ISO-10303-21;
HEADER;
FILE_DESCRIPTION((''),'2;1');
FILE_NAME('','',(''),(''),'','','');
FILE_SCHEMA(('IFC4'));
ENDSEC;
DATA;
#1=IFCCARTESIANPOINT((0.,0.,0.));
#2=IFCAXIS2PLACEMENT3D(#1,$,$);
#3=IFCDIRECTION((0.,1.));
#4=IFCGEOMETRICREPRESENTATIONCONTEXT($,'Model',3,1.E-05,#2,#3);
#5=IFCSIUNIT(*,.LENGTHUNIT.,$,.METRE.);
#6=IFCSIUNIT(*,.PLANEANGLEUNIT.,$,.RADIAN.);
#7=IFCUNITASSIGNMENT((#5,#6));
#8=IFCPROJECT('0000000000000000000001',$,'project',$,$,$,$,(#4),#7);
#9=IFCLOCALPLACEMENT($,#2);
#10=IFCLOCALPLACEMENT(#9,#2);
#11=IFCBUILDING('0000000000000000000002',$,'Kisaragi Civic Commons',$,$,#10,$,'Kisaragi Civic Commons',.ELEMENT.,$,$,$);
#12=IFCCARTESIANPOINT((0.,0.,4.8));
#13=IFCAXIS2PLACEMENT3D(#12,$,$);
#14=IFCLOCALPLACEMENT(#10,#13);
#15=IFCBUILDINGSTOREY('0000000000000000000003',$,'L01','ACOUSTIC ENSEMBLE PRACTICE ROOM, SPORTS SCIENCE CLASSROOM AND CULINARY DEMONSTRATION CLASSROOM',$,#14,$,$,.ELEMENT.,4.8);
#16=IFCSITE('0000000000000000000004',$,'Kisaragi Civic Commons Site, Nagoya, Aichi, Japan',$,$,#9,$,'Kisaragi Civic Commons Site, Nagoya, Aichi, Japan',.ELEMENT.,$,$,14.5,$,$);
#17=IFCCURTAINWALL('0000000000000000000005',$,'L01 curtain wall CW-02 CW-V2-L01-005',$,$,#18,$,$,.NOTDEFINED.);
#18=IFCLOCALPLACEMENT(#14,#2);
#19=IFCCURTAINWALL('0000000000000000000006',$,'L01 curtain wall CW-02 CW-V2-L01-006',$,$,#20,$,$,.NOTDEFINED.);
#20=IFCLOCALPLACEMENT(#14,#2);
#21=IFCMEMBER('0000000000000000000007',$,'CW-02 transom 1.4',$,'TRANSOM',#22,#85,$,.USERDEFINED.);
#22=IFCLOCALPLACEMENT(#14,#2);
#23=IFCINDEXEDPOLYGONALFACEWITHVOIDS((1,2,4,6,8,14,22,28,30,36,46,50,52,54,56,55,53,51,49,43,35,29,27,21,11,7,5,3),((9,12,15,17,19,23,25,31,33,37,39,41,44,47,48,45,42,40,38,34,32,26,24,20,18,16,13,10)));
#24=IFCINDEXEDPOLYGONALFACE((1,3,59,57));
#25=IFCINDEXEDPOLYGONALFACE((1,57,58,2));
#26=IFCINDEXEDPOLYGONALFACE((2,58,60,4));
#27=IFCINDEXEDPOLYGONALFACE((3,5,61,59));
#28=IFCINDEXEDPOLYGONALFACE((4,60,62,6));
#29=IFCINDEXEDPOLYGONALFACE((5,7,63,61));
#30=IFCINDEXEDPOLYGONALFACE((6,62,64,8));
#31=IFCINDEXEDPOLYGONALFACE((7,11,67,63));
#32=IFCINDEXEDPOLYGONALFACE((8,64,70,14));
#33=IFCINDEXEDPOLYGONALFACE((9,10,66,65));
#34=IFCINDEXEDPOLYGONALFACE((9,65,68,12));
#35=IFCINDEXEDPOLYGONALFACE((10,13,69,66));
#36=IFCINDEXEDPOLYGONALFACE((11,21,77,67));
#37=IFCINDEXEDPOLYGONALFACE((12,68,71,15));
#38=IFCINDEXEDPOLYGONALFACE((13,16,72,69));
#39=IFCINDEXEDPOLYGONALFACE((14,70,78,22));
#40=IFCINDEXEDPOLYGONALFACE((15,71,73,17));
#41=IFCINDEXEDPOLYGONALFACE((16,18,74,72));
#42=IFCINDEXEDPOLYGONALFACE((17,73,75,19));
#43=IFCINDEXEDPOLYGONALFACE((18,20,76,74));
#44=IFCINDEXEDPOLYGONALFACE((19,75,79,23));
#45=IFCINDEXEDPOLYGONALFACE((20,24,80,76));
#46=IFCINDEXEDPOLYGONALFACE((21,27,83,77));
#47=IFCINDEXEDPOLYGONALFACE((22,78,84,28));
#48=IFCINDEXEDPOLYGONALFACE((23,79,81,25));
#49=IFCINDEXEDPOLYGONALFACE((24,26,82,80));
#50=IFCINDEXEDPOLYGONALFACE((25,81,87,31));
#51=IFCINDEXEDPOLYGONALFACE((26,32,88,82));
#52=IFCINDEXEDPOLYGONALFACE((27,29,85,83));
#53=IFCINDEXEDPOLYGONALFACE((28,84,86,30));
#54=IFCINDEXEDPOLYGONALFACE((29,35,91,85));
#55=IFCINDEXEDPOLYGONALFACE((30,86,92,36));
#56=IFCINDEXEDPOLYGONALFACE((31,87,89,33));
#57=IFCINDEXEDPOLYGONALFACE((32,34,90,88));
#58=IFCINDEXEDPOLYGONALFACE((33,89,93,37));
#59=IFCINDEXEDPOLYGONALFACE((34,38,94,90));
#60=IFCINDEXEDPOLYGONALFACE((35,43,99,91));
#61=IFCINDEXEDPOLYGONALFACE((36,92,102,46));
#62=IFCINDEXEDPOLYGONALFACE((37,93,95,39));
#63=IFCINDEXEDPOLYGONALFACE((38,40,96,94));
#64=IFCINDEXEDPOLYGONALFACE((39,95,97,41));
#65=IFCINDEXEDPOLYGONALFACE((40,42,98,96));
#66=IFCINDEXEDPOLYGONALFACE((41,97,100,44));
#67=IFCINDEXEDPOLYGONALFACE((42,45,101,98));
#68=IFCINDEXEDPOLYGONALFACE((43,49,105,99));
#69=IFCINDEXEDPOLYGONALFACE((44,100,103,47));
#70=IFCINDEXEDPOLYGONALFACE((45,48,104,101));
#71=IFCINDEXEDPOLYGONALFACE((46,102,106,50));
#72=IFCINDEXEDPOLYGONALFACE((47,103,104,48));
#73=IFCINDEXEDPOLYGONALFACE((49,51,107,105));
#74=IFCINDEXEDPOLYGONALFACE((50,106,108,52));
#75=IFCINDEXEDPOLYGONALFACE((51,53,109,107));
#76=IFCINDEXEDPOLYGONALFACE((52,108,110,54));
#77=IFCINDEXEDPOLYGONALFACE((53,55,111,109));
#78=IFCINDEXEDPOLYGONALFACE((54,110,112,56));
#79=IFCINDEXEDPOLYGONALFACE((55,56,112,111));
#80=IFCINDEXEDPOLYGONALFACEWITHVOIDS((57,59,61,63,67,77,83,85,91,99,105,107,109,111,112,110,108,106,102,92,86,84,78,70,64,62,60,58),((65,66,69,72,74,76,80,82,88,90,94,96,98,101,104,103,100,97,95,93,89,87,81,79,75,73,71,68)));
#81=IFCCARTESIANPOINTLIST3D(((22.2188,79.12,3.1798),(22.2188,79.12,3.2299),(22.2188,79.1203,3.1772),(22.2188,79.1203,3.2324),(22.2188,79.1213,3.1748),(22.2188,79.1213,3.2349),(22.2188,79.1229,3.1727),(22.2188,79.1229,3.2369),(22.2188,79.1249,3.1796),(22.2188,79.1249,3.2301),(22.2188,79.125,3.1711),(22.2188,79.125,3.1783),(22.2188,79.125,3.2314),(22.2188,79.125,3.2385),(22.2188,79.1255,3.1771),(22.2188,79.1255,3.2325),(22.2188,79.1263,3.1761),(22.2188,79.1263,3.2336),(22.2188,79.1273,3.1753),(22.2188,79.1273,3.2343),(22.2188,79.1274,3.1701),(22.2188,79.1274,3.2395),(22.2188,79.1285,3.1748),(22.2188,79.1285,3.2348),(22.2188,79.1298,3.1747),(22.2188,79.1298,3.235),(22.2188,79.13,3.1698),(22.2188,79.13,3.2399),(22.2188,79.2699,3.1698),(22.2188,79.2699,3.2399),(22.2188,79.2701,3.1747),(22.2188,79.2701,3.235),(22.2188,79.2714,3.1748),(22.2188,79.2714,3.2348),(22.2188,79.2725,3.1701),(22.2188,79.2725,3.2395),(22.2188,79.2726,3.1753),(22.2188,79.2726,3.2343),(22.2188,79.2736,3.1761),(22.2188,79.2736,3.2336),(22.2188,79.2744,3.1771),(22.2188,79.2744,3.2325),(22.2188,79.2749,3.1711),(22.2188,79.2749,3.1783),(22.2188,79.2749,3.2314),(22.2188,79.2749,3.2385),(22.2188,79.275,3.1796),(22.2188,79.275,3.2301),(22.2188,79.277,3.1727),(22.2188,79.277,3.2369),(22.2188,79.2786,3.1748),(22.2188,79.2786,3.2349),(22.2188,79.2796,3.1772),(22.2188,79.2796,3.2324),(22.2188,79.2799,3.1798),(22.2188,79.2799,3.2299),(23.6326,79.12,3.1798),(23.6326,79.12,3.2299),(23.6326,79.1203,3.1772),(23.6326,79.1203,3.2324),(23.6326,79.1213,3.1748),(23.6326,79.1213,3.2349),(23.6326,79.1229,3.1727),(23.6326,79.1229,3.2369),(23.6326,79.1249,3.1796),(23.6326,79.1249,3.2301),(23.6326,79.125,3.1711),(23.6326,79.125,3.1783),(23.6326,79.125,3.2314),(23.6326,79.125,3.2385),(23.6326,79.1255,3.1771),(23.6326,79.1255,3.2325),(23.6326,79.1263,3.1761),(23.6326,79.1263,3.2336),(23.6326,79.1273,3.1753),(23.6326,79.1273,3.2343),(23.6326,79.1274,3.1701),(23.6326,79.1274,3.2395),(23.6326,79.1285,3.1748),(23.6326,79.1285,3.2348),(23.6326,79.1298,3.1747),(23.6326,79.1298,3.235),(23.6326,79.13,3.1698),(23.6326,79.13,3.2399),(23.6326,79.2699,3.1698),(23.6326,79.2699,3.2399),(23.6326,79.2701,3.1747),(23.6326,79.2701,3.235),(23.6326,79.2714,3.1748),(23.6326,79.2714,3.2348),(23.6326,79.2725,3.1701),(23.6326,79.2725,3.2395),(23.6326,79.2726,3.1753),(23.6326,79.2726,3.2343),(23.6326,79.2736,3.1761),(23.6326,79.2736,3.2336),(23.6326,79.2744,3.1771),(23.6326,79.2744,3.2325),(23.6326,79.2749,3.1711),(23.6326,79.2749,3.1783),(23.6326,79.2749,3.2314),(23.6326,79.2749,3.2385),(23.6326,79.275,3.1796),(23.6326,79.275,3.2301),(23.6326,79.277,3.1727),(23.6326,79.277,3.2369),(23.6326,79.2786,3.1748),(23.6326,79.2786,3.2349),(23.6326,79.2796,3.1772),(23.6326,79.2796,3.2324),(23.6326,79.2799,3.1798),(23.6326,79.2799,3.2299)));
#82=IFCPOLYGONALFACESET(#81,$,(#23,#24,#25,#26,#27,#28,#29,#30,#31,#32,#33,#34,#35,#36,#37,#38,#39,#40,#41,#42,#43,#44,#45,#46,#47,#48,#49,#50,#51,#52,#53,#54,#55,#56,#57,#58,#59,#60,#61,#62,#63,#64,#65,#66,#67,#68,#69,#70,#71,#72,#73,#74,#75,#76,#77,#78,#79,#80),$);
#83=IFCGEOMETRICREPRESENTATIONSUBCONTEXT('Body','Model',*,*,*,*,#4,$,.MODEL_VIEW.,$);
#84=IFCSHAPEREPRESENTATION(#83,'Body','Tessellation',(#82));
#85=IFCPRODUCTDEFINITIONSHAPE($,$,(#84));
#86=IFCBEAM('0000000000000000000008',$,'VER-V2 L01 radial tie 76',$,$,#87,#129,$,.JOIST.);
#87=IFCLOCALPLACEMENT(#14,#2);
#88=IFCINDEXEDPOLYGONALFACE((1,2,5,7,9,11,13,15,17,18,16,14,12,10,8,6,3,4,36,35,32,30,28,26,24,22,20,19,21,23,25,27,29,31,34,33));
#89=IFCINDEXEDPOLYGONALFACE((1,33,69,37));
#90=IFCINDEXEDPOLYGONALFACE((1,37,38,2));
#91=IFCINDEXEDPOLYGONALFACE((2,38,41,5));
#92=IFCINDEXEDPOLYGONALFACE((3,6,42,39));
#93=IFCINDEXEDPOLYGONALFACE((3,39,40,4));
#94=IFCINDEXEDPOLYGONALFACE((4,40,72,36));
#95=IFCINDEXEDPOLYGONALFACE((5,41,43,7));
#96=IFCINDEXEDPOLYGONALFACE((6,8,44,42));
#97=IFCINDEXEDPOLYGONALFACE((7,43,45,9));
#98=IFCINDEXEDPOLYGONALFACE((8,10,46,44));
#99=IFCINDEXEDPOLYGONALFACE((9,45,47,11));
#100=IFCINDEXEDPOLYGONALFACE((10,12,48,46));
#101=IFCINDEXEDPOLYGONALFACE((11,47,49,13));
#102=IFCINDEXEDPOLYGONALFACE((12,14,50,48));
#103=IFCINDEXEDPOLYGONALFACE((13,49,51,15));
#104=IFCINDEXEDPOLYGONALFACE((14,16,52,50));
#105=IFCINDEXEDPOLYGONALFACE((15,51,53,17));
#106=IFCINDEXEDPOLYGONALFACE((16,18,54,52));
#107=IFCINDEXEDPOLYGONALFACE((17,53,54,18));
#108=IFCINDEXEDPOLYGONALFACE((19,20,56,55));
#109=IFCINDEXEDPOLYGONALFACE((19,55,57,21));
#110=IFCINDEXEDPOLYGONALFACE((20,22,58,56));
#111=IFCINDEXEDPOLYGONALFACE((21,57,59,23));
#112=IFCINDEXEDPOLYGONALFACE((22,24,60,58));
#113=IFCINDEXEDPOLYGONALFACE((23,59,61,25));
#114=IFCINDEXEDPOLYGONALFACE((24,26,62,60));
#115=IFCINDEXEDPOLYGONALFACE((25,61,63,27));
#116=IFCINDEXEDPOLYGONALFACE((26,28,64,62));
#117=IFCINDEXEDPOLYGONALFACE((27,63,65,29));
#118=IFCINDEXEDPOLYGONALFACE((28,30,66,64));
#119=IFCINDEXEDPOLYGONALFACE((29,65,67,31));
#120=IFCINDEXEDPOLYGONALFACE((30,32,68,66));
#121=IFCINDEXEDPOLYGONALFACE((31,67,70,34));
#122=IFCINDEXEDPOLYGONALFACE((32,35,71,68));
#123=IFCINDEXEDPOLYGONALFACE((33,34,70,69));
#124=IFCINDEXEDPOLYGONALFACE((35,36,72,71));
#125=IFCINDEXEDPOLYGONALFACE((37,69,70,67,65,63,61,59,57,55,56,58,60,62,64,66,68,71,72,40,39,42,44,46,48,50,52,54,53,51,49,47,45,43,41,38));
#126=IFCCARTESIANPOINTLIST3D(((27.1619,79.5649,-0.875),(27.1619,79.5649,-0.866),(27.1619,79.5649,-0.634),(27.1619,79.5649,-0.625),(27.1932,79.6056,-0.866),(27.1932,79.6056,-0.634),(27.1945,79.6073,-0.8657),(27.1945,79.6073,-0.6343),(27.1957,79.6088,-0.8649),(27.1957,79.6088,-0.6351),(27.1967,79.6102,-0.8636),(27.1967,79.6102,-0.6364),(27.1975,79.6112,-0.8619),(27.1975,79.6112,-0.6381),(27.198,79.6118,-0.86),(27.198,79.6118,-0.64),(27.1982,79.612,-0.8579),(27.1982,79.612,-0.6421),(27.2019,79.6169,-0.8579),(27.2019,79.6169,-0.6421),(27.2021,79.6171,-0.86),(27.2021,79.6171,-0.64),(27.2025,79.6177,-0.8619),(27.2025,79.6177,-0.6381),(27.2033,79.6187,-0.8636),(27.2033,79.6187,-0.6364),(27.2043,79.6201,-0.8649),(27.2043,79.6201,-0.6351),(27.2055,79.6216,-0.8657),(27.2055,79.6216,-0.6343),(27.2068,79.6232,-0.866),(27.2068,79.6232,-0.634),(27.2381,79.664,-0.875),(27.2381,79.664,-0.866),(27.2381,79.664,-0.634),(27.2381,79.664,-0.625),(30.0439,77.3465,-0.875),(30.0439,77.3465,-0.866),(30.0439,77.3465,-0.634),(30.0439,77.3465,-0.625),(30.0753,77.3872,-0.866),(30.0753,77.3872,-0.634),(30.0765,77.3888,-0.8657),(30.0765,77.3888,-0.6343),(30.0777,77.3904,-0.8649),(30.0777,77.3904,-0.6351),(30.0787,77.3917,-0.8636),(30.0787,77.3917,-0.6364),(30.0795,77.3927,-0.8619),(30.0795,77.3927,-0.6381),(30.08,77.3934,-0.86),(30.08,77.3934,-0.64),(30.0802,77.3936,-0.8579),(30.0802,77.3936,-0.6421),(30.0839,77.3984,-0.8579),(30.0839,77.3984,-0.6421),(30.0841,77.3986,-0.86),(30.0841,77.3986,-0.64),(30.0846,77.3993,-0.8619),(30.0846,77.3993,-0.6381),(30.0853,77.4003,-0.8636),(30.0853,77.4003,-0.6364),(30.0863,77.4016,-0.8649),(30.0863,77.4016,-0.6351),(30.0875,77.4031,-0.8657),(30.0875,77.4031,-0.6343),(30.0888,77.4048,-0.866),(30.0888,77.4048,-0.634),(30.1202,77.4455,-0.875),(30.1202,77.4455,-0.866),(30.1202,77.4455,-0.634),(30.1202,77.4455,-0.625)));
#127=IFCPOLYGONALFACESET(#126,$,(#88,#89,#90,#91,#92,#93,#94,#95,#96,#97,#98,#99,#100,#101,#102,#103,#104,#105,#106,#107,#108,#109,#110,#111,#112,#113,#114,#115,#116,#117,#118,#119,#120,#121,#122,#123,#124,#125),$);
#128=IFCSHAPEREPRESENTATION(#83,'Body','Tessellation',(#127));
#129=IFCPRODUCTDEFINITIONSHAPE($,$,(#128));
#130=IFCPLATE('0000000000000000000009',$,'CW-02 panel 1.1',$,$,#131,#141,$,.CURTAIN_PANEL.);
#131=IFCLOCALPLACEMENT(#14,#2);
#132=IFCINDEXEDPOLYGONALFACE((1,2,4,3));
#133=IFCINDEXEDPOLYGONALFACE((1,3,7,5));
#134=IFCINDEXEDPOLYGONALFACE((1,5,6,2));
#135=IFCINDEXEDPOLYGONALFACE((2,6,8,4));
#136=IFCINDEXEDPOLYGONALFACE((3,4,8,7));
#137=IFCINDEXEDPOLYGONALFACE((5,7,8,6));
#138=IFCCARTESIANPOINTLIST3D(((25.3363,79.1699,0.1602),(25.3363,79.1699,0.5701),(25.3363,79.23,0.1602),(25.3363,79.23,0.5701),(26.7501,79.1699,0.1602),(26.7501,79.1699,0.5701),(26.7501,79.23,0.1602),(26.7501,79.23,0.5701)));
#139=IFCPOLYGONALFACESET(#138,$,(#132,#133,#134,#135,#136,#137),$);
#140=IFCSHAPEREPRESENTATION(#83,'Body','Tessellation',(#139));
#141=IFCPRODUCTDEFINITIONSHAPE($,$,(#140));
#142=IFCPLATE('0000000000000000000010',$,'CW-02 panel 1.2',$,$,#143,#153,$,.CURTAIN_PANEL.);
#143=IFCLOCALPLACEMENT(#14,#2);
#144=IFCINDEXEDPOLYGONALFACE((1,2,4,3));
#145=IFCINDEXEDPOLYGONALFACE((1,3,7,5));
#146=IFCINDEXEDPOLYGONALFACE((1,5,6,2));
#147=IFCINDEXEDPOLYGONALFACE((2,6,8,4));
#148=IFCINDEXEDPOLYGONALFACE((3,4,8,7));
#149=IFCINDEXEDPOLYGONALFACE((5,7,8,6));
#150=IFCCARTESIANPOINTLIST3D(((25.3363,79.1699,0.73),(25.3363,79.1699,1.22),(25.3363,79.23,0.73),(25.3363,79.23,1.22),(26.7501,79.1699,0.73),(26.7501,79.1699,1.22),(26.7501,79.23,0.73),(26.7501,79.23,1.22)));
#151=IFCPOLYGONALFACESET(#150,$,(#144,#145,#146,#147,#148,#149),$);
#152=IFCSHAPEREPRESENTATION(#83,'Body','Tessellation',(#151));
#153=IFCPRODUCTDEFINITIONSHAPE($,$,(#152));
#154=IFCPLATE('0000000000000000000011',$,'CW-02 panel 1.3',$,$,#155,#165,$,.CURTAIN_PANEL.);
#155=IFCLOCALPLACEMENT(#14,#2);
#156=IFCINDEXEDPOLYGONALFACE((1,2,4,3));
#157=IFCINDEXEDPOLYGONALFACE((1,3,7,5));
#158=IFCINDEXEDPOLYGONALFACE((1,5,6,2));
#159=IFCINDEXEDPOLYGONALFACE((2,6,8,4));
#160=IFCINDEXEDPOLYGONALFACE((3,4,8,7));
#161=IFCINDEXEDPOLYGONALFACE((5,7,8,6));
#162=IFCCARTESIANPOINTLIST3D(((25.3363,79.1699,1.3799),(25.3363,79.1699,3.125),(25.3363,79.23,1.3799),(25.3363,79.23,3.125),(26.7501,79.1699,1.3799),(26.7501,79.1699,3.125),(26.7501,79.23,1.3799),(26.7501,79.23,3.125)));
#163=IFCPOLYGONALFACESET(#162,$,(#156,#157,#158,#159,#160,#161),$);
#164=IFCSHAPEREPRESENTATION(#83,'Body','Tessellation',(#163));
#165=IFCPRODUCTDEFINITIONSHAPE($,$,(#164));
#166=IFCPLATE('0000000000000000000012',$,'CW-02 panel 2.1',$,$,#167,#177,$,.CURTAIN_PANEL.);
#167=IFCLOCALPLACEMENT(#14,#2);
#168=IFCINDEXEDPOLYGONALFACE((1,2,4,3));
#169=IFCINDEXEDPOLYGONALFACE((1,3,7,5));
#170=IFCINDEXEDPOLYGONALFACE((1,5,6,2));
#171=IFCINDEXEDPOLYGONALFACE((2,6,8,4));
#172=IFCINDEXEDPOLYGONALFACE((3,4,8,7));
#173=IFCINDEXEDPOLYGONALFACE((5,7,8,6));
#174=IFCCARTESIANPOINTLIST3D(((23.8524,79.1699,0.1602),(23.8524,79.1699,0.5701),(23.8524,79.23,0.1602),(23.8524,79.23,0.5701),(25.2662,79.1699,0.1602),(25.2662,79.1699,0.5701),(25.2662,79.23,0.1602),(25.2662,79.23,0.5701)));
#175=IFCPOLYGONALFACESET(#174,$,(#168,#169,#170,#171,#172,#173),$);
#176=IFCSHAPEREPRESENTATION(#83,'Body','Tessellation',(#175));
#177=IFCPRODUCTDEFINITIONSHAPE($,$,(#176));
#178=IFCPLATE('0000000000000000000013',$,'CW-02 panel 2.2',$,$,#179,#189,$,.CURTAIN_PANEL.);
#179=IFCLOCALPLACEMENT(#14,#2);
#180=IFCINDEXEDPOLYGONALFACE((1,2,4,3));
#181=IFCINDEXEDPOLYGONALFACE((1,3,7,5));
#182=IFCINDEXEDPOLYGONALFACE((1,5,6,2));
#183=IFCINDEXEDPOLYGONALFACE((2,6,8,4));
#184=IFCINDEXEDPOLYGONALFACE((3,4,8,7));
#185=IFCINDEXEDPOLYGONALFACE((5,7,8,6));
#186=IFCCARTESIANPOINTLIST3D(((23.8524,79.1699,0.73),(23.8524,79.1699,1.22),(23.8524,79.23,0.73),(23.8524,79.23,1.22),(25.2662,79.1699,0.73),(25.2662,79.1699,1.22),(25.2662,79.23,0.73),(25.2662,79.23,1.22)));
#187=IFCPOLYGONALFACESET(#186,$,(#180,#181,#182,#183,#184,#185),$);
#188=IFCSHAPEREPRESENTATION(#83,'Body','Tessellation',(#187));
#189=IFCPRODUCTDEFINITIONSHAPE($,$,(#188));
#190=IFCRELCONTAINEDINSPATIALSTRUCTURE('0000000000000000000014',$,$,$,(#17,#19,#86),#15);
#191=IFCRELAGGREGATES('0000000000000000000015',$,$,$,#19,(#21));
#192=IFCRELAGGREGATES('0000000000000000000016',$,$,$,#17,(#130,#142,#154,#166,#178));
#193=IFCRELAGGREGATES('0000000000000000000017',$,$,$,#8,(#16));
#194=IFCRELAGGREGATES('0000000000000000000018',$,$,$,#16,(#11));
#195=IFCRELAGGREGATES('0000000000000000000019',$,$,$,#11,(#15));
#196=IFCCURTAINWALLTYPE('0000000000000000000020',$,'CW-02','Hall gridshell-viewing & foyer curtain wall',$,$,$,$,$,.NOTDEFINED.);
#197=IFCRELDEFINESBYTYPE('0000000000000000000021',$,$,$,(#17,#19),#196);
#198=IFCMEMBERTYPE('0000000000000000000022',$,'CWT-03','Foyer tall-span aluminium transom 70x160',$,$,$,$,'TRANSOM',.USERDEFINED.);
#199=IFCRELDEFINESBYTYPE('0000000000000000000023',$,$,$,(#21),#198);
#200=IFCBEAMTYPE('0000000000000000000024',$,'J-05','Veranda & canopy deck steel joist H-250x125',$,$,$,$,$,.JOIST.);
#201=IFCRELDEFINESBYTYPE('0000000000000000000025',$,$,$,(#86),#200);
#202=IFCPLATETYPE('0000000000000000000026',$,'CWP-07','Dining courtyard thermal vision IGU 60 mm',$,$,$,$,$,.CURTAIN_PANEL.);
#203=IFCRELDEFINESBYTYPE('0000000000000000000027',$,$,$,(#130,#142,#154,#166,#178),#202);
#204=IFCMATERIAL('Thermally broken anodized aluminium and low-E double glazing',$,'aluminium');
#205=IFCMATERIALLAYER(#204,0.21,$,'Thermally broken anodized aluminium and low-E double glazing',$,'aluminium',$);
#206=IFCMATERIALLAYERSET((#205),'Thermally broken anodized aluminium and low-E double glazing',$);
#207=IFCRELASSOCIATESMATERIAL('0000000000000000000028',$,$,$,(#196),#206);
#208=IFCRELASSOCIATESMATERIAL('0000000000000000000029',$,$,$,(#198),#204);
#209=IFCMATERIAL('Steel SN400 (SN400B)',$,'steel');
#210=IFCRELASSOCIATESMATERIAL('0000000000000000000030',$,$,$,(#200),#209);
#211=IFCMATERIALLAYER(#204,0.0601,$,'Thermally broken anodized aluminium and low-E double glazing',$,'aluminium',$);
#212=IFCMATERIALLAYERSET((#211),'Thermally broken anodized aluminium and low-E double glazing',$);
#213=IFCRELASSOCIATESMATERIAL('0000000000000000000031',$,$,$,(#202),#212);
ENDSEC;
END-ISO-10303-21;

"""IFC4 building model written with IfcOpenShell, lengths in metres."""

from ifc_helpers import new_model, si_unit, direction, frame, origin, origin_2d, place, context, subcontext, project, spatial, rectangle, hollow_rectangle, i_section, extrude, material, layer, layer_set, material_profile, profile_set, type_object, element, aggregate, save


model = new_model("IFC4")

# Units and contexts
model_context = context("Model", 3, precision=1e-05, world=origin(), true_north=direction((0.0, 1.0)))
body_context = subcontext(model_context, "Body", "Model", "MODEL_VIEW")
ifc_project = project(units=[si_unit("LENGTHUNIT", "METRE"), si_unit("PLANEANGLEUNIT", "RADIAN")], contexts=[model_context])

# Site, building, storey
site_placement = place(None, origin())
site = spatial("IfcSite", under=ifc_project, at=site_placement, Name="Kisaragi Civic Commons Site, Nagoya, Aichi, Japan", LongName="Kisaragi Civic Commons Site, Nagoya, Aichi, Japan", CompositionType="ELEMENT", RefElevation=14.5)
building_placement = place(site_placement, origin())
building = spatial("IfcBuilding", under=site, at=building_placement, Name="Kisaragi Civic Commons", LongName="Kisaragi Civic Commons", CompositionType="ELEMENT")
storey_placement = place(building_placement, frame((0.0, 0.0, 4.8)))
storey = spatial("IfcBuildingStorey", under=building, at=storey_placement, Name="L01", Description="ACOUSTIC ENSEMBLE PRACTICE ROOM, SPORTS SCIENCE CLASSROOM AND CULINARY DEMONSTRATION CLASSROOM", CompositionType="ELEMENT", Elevation=4.8)

# Curtain wall
ifc_material_1 = material(Name="Thermally broken anodized aluminium and low-E double glazing", Category="aluminium")
ifc_layer_1 = layer(ifc_material_1, 0.21, Name="Thermally broken anodized aluminium and low-E double glazing", Category="aluminium")
ifc_layer_set_1 = layer_set([ifc_layer_1], Name="Thermally broken anodized aluminium and low-E double glazing")
curtain_wall_type = type_object("IfcCurtainWallType", Name="CW-02", Description="Hall gridshell-viewing & foyer curtain wall", PredefinedType="NOTDEFINED", material=ifc_layer_set_1)
curtain_wall_1_placement = place(storey_placement, origin())
curtain_wall_1 = element("IfcCurtainWall", 1, at=curtain_wall_1_placement, inside=storey, type_object=curtain_wall_type, Name="L01 curtain wall CW-02 CW-V2-L01-005", PredefinedType="NOTDEFINED")

# Curtain wall
curtain_wall_2_placement = place(storey_placement, origin())
curtain_wall_2 = element("IfcCurtainWall", 2, at=curtain_wall_2_placement, inside=storey, type_object=curtain_wall_type, Name="L01 curtain wall CW-02 CW-V2-L01-006", PredefinedType="NOTDEFINED")

# Member
ifc_material_profile_1 = material_profile(ifc_material_1, hollow_rectangle(XDim=0.1599, YDim=0.0701, WallThickness=0.0049, InnerFilletRadius=0.0049, OuterFilletRadius=0.01, at=origin_2d()), Name="CWT-70x160x5", Category="aluminium")
ifc_profile_set_1 = profile_set([ifc_material_profile_1], Name="Thermally broken anodized aluminium and low-E double glazing")
member_type_1 = type_object("IfcMemberType", Name="CWT-03", Description="Foyer tall-span aluminium transom 70x160", ElementType="TRANSOM", PredefinedType="USERDEFINED", material=ifc_profile_set_1)
member_1_placement = place(storey_placement, frame((23.6326, 79.2, 3.2048), z_axis=(-1.0, 0.0, 0.0), x_axis=(0.0, -1.0, 0.0)))
member_1 = element("IfcMember", 3, at=member_1_placement, type_object=member_type_1, Name="CW-02 transom 1.4", ObjectType="TRANSOM", PredefinedType="USERDEFINED", context=body_context, shape_type="SweptSolid", body=[
    extrude(hollow_rectangle(XDim=0.1599, YDim=0.0701, WallThickness=0.0049, InnerFilletRadius=0.0049, OuterFilletRadius=0.01, at=origin_2d()), origin(), (0.0, 0.0, 1.0), 1.4138),
])
aggregate(curtain_wall_2, [member_1])

# Beam
ifc_material_2 = material(Name="Steel SN400 (SN400B)", Category="steel")
ifc_material_profile_2 = material_profile(ifc_material_2, i_section(OverallWidth=0.125, OverallDepth=0.25, WebThickness=0.0061, FlangeThickness=0.009, FilletRadius=0.0081, at=origin_2d()), Name="H-250x125x6x9", Category="steel")
ifc_profile_set_2 = profile_set([ifc_material_profile_2], Name="Steel SN400 (SN400B)")
beam_type = type_object("IfcBeamType", Name="J-05", Description="Veranda & canopy deck steel joist H-250x125", PredefinedType="JOIST", material=ifc_profile_set_2)
beam_placement = place(storey_placement, frame((30.082, 77.396, -0.75), z_axis=(-0.792422, 0.609973, 0.0), x_axis=(-0.609973, -0.792422, 0.0)))
element("IfcBeam", 4, at=beam_placement, inside=storey, type_object=beam_type, Name="VER-V2 L01 radial tie 76", PredefinedType="JOIST", context=body_context, shape_type="SweptSolid", body=[
    extrude(i_section(OverallWidth=0.125, OverallDepth=0.25, WebThickness=0.0061, FlangeThickness=0.009, FilletRadius=0.0081, at=origin_2d()), origin(), (0.0, 0.0, 1.0), 3.637),
])

# Plates
ifc_layer_2 = layer(ifc_material_1, 0.0601, Name="Thermally broken anodized aluminium and low-E double glazing", Category="aluminium")
ifc_layer_set_2 = layer_set([ifc_layer_2], Name="Thermally broken anodized aluminium and low-E double glazing")
plate_type = type_object("IfcPlateType", Name="CWP-07", Description="Dining courtyard thermal vision IGU 60 mm", PredefinedType="CURTAIN_PANEL", material=ifc_layer_set_2)
plate_1_placement = place(storey_placement, frame((26.0432, 79.2, 0.1602), z_axis=(0.0, 0.0, 1.0), x_axis=(-1.0, 0.0, 0.0)))
plate_1 = element("IfcPlate", 5, at=plate_1_placement, type_object=plate_type, Name="CW-02 panel 1.1", PredefinedType="CURTAIN_PANEL", context=body_context, shape_type="SweptSolid", body=[
    extrude(rectangle(XDim=1.4138, YDim=0.0601, at=origin_2d()), origin(), (0.0, 0.0, 1.0), 0.4099),
])
plate_2_placement = place(storey_placement, frame((26.0432, 79.2, 0.73), z_axis=(0.0, 0.0, 1.0), x_axis=(-1.0, 0.0, 0.0)))
plate_2 = element("IfcPlate", 6, at=plate_2_placement, type_object=plate_type, Name="CW-02 panel 1.2", PredefinedType="CURTAIN_PANEL", context=body_context, shape_type="SweptSolid", body=[
    extrude(rectangle(XDim=1.4138, YDim=0.0601, at=origin_2d()), origin(), (0.0, 0.0, 1.0), 0.49),
])
plate_3_placement = place(storey_placement, frame((26.0432, 79.2, 1.3799), z_axis=(0.0, 0.0, 1.0), x_axis=(-1.0, 0.0, 0.0)))
plate_3 = element("IfcPlate", 7, at=plate_3_placement, type_object=plate_type, Name="CW-02 panel 1.3", PredefinedType="CURTAIN_PANEL", context=body_context, shape_type="SweptSolid", body=[
    extrude(rectangle(XDim=1.4138, YDim=0.0601, at=origin_2d()), origin(), (0.0, 0.0, 1.0), 1.7451),
])
plate_4_placement = place(storey_placement, frame((24.5593, 79.2, 0.1602), z_axis=(0.0, 0.0, 1.0), x_axis=(-1.0, 0.0, 0.0)))
plate_4 = element("IfcPlate", 8, at=plate_4_placement, type_object=plate_type, Name="CW-02 panel 2.1", PredefinedType="CURTAIN_PANEL", context=body_context, shape_type="SweptSolid", body=[
    extrude(rectangle(XDim=1.4138, YDim=0.0601, at=origin_2d()), origin(), (0.0, 0.0, 1.0), 0.4099),
])
plate_5_placement = place(storey_placement, frame((24.5593, 79.2, 0.73), z_axis=(0.0, 0.0, 1.0), x_axis=(-1.0, 0.0, 0.0)))
plate_5 = element("IfcPlate", 9, at=plate_5_placement, type_object=plate_type, Name="CW-02 panel 2.2", PredefinedType="CURTAIN_PANEL", context=body_context, shape_type="SweptSolid", body=[
    extrude(rectangle(XDim=1.4138, YDim=0.0601, at=origin_2d()), origin(), (0.0, 0.0, 1.0), 0.49),
])
aggregate(curtain_wall_1, [plate_1, plate_2, plate_3, plate_4, plate_5])

save(model, "model.ifc")
